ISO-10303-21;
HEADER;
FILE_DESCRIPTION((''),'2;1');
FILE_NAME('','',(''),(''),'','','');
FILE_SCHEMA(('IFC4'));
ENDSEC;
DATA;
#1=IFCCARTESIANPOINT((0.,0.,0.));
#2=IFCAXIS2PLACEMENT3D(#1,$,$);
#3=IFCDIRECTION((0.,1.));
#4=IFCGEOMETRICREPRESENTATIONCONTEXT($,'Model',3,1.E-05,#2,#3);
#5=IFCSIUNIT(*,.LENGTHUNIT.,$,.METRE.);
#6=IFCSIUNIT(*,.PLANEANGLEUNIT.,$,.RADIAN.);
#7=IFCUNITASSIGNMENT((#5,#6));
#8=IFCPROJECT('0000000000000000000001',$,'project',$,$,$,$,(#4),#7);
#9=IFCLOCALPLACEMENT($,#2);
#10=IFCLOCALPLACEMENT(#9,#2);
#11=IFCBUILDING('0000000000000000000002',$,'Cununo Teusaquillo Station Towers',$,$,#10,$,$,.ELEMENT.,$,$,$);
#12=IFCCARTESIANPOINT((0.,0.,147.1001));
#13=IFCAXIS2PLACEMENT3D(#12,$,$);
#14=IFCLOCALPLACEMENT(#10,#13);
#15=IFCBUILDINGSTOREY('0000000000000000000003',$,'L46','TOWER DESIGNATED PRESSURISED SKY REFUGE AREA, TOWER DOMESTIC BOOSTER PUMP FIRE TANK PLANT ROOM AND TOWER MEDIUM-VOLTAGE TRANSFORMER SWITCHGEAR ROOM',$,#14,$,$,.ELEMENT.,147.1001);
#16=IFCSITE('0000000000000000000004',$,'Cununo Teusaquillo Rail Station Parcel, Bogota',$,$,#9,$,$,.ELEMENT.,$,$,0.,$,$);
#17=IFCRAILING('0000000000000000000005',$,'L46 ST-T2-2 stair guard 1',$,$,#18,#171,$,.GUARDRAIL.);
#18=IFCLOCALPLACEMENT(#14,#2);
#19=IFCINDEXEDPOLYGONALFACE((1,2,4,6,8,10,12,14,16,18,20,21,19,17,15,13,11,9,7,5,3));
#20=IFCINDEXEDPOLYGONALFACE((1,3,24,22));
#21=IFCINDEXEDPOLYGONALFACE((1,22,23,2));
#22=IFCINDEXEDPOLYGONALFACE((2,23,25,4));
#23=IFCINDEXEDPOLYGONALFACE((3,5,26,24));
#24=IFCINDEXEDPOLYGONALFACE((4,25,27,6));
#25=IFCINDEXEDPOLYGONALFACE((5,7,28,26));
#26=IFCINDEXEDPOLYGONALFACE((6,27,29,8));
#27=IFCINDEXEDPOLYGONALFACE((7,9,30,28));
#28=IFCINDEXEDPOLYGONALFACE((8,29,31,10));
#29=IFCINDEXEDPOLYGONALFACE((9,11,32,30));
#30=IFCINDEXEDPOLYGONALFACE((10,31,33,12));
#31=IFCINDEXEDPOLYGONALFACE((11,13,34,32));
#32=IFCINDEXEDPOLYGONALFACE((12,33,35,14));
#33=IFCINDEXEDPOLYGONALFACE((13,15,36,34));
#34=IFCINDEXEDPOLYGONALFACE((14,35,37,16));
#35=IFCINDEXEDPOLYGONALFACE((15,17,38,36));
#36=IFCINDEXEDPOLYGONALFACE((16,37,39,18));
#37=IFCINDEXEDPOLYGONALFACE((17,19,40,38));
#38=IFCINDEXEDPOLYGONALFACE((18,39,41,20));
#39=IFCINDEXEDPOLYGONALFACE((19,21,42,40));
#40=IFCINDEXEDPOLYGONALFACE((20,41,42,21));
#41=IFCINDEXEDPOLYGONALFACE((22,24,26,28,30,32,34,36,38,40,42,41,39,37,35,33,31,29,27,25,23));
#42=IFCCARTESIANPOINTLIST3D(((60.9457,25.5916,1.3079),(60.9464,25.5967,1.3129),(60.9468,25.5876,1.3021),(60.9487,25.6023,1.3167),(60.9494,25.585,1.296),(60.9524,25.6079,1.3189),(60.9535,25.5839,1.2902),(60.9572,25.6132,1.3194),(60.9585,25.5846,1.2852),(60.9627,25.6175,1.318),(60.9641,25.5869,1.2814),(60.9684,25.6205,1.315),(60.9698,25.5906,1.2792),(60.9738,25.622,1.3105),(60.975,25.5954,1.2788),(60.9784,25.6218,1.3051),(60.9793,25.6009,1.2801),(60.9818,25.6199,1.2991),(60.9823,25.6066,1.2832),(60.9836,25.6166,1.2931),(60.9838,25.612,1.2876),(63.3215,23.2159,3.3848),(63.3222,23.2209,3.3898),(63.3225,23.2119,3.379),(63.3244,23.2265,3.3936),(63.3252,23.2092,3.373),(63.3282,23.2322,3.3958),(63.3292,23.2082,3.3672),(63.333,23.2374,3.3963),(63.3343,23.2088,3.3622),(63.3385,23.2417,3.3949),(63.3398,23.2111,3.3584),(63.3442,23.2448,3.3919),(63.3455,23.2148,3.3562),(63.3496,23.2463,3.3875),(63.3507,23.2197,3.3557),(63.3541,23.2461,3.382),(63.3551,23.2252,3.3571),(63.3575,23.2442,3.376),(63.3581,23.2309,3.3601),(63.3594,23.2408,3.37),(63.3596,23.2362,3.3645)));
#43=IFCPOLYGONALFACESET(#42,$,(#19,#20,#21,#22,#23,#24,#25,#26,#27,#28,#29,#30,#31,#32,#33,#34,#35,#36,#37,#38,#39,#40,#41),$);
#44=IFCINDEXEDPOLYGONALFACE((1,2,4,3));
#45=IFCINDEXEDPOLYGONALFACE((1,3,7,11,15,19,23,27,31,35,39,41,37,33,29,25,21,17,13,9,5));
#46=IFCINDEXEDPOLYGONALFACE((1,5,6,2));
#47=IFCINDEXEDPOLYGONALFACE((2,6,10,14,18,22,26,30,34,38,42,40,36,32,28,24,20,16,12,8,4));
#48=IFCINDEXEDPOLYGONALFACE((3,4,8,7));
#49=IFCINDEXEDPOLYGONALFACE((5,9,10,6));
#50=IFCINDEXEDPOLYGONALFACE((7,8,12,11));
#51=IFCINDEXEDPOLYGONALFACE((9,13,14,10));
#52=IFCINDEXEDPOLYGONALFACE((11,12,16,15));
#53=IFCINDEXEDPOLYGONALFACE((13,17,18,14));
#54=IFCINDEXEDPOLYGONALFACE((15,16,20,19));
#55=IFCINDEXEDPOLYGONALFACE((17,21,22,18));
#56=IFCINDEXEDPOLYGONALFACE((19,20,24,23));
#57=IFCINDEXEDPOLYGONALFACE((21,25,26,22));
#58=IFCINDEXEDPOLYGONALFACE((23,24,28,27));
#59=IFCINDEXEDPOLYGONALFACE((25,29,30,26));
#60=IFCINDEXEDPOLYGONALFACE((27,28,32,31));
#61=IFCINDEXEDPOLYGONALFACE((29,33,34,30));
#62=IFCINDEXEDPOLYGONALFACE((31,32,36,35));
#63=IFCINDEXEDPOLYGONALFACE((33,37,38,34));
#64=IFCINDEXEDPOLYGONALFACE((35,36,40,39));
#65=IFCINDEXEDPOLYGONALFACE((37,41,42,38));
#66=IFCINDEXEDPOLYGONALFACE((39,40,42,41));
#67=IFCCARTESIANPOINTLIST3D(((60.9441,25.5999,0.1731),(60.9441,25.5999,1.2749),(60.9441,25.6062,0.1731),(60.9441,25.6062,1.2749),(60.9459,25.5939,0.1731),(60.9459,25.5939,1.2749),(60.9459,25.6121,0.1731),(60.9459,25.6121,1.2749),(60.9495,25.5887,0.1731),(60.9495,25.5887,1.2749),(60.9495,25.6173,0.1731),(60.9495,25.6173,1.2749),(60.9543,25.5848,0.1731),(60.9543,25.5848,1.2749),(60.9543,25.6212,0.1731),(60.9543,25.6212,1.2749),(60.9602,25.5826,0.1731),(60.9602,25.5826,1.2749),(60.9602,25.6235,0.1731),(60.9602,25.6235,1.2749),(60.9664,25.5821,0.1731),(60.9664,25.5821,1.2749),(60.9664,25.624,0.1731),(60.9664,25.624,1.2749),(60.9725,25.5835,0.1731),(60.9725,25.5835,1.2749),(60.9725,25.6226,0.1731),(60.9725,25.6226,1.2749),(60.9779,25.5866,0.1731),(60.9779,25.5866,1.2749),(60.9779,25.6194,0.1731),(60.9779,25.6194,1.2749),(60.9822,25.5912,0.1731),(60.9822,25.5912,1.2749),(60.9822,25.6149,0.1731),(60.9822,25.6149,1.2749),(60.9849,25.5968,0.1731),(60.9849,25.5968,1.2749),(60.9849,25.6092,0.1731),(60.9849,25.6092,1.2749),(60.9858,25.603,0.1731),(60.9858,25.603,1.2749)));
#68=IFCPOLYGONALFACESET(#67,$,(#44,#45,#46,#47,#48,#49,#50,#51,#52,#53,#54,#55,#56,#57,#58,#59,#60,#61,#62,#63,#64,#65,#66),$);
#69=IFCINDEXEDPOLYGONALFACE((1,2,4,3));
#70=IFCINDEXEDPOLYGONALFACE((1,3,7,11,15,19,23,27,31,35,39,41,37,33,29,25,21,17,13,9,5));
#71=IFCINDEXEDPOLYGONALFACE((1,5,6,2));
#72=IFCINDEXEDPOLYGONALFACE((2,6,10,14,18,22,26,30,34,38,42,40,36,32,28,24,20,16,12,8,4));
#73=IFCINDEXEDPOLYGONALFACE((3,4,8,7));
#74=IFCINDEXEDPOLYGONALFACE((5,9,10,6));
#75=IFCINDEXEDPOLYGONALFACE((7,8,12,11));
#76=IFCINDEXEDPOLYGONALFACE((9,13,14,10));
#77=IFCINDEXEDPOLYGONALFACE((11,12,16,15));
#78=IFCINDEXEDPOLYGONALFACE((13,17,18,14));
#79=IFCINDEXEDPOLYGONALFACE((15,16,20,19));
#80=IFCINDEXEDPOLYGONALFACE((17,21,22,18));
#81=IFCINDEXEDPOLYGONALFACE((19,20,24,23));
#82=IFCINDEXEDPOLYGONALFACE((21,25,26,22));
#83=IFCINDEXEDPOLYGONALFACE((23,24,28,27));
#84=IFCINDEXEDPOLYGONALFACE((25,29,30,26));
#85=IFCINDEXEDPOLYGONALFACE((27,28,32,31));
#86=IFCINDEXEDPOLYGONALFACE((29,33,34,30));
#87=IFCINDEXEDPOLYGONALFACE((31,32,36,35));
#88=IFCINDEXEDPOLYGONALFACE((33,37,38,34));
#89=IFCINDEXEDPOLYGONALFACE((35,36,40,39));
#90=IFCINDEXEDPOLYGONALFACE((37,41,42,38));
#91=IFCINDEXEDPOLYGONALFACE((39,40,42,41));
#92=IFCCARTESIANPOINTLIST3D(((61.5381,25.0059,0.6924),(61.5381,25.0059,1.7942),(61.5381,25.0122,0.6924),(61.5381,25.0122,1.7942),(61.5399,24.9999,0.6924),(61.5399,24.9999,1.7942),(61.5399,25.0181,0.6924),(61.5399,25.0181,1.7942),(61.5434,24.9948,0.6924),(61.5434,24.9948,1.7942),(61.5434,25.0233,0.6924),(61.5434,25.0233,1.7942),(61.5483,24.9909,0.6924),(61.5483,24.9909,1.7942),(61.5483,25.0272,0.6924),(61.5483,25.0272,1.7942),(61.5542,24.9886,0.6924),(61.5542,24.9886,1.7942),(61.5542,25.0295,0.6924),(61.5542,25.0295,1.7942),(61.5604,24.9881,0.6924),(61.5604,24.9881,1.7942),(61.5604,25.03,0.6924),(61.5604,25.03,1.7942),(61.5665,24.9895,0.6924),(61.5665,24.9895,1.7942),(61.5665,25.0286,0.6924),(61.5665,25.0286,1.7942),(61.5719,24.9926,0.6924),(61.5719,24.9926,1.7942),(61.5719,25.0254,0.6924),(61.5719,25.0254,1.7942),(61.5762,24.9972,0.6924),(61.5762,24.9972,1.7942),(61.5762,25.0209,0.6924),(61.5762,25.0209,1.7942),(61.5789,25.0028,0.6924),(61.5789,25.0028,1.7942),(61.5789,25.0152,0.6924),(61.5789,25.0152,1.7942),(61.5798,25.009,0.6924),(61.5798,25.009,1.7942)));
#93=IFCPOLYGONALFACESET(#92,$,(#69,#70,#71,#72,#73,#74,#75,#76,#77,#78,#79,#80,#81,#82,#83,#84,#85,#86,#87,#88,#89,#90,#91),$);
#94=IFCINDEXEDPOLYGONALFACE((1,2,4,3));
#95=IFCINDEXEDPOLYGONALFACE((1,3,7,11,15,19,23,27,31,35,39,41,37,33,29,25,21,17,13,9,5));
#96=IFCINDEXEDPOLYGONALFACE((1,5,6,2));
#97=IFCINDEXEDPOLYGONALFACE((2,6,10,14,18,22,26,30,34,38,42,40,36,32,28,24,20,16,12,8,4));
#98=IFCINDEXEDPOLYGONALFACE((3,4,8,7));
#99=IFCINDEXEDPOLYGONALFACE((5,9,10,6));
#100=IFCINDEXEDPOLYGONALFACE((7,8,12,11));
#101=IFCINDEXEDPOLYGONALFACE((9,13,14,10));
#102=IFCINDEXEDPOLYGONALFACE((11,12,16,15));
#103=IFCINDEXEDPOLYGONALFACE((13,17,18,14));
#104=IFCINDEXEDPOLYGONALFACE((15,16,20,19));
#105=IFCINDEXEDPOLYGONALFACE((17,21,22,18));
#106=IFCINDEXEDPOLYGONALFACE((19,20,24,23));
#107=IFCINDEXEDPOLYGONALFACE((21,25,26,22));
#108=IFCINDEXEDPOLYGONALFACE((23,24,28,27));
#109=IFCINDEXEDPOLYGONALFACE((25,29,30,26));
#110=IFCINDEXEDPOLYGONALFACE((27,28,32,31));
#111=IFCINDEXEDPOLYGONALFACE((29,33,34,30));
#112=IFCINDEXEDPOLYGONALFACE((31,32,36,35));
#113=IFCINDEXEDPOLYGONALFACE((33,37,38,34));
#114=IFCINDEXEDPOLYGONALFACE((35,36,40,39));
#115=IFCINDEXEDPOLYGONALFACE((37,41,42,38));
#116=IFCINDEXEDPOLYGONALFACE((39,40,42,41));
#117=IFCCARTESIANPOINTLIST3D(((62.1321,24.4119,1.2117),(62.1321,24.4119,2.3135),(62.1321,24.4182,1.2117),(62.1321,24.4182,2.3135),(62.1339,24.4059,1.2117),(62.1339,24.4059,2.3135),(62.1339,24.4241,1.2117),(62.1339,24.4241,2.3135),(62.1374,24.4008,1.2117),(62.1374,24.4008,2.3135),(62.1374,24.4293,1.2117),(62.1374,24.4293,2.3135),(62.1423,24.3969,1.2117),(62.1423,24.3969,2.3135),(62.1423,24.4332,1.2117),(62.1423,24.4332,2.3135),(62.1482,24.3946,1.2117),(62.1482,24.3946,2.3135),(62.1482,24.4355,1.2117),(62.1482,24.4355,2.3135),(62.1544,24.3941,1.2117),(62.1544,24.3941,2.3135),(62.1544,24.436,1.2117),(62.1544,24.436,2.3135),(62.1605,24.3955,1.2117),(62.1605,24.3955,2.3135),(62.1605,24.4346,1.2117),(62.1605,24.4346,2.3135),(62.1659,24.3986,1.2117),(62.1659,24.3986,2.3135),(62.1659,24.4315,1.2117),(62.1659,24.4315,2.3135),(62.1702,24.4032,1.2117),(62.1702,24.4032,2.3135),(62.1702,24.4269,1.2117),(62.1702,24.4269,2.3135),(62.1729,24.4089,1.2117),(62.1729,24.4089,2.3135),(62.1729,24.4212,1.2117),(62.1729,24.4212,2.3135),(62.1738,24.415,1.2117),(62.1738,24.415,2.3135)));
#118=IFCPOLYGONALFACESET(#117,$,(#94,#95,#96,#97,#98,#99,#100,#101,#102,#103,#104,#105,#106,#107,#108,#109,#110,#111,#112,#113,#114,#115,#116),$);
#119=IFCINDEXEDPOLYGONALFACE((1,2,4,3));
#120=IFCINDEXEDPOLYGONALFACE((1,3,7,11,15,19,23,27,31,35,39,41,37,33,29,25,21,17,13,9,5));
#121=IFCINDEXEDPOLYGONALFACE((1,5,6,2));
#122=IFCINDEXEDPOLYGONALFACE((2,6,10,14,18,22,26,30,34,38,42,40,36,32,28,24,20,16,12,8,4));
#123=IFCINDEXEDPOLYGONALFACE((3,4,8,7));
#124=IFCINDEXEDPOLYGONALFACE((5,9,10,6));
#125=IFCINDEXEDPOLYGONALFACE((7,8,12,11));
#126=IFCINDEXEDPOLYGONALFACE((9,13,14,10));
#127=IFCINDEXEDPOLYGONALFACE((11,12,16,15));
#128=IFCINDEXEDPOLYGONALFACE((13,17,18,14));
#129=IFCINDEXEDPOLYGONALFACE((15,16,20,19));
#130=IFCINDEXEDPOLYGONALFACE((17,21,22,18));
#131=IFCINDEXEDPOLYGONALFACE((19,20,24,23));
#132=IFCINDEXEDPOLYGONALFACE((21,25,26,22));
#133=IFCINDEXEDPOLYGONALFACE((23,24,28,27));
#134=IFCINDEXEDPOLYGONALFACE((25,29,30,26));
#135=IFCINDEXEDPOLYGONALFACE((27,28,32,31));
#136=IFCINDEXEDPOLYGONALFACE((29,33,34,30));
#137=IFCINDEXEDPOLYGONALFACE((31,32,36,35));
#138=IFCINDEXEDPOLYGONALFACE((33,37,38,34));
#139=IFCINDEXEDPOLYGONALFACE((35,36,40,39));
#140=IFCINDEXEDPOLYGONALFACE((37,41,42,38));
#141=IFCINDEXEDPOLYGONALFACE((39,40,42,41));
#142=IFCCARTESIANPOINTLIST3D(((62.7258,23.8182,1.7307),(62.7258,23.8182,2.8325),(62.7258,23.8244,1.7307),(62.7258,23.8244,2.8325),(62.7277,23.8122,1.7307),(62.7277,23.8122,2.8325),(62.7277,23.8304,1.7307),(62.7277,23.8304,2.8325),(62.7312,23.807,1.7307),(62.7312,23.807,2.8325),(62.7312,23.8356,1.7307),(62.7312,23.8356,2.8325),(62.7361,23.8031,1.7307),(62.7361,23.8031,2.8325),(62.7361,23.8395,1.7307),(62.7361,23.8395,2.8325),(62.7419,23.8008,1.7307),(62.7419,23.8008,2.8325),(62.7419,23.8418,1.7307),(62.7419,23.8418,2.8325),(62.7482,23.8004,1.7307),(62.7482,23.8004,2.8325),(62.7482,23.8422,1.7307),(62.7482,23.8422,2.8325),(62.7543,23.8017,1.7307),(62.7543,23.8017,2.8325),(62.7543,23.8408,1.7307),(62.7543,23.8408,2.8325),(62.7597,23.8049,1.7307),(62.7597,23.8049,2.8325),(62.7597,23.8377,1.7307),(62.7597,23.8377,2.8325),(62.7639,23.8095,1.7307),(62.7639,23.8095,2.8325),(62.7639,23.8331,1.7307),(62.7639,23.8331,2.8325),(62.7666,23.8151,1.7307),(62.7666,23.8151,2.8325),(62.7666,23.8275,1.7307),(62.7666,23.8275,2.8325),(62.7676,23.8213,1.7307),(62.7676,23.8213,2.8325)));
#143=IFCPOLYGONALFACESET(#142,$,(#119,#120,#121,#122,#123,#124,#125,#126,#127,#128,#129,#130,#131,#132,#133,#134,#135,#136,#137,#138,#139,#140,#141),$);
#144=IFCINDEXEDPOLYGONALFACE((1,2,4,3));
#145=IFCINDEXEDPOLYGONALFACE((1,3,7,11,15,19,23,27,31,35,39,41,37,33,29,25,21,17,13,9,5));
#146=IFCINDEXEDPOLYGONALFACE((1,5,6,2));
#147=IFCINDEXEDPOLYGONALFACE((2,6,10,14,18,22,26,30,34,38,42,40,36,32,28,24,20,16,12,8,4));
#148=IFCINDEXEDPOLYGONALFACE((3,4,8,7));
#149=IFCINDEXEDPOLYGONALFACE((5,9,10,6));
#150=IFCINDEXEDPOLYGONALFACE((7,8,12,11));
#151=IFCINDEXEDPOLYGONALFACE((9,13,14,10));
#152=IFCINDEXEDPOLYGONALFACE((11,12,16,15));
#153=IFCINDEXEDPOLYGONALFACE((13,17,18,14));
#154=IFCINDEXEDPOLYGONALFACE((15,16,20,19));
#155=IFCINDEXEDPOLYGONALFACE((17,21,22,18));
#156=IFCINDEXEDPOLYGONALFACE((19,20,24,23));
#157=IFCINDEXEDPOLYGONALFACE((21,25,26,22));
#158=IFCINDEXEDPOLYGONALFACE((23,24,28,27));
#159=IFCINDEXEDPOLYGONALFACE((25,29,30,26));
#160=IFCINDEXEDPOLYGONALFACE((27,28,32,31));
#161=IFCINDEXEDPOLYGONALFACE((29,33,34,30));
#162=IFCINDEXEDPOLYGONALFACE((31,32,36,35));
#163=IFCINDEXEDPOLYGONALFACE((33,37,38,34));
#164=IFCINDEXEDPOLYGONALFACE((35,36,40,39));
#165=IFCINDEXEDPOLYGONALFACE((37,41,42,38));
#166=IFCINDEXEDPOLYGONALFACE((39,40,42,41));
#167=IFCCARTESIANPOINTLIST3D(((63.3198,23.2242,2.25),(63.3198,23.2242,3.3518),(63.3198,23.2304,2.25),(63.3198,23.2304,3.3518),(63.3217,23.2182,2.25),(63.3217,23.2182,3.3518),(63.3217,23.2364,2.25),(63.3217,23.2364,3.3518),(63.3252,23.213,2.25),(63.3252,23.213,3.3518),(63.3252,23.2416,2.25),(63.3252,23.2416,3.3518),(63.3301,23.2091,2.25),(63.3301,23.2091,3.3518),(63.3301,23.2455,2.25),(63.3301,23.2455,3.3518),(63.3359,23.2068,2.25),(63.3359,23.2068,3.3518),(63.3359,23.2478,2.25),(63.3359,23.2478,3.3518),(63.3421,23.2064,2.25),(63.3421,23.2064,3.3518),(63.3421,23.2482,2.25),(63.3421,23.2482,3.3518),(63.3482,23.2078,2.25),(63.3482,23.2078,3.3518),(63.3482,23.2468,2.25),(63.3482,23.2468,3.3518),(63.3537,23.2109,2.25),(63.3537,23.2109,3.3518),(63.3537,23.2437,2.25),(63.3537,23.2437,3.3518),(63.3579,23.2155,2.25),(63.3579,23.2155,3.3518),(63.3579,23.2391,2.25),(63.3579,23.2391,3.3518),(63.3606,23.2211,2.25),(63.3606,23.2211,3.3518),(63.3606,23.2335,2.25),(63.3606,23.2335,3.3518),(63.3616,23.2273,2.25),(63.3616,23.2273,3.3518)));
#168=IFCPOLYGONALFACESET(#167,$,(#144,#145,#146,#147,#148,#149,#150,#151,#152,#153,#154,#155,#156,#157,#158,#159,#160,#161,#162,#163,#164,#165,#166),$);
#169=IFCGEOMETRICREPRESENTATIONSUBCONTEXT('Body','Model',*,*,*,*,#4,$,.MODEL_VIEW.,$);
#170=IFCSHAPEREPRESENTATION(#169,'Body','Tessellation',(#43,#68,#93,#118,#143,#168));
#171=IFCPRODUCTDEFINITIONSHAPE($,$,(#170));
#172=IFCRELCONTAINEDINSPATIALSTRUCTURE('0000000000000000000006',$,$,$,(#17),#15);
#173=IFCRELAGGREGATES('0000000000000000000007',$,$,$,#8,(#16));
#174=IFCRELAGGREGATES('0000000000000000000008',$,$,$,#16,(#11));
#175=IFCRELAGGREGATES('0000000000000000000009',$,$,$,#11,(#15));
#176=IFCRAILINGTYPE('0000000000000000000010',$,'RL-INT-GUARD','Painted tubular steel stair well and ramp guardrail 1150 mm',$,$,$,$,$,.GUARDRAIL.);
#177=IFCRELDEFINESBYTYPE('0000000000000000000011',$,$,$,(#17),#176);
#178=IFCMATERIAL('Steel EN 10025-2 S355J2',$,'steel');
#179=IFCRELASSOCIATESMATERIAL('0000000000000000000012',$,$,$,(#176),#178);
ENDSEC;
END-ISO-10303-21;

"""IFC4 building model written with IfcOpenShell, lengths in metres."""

from ifc_helpers import new_model, si_unit, direction, frame, origin, origin_2d, place, context, subcontext, project, spatial, circle, extrude, material, type_object, element, save


model = new_model("IFC4")

# Units and contexts
model_context = context("Model", 3, precision=1e-05, world=origin(), true_north=direction((0.0, 1.0)))
body_context = subcontext(model_context, "Body", "Model", "MODEL_VIEW")
ifc_project = project(units=[si_unit("LENGTHUNIT", "METRE"), si_unit("PLANEANGLEUNIT", "RADIAN")], contexts=[model_context])

# Site, building, storey
site_placement = place(None, origin())
site = spatial("IfcSite", under=ifc_project, at=site_placement, Name="Cununo Teusaquillo Rail Station Parcel, Bogota", CompositionType="ELEMENT", RefElevation=0.0)
building_placement = place(site_placement, origin())
building = spatial("IfcBuilding", under=site, at=building_placement, Name="Cununo Teusaquillo Station Towers", CompositionType="ELEMENT")
storey_placement = place(building_placement, frame((0.0, 0.0, 147.1001)))
storey = spatial("IfcBuildingStorey", under=building, at=storey_placement, Name="L46", Description="TOWER DESIGNATED PRESSURISED SKY REFUGE AREA, TOWER DOMESTIC BOOSTER PUMP FIRE TANK PLANT ROOM AND TOWER MEDIUM-VOLTAGE TRANSFORMER SWITCHGEAR ROOM", CompositionType="ELEMENT", Elevation=147.1001)

# Railing
ifc_material_1 = material(Name="Steel EN 10025-2 S355J2", Category="steel")
railing_type_1 = type_object("IfcRailingType", Name="RL-INT-GUARD", Description="Painted tubular steel stair well and ramp guardrail 1150 mm", PredefinedType="GUARDRAIL", material=ifc_material_1)
railing_1_placement = place(storey_placement, frame((60.9648, 25.603, 0.1731)))
element("IfcRailing", 1, at=railing_1_placement, inside=storey, type_object=railing_type_1, Name="L46 ST-T2-2 stair guard 1", PredefinedType="GUARDRAIL", context=body_context, shape_type="SweptSolid", body=[
    extrude(circle(Radius=0.0239, at=origin_2d()), frame((0.0, 0.0, 1.126), z_axis=(0.601466, -0.601466, 0.525811), x_axis=(0.707107, 0.707107, 0.0)), (0.0, 0.0, 1.0), 3.95),
    extrude(circle(Radius=0.021, at=origin_2d()), origin(), (0.0, 0.0, 1.0), 1.1018),
    extrude(circle(Radius=0.021, at=origin_2d()), frame((0.594, -0.594, 0.5193)), (0.0, 0.0, 1.0), 1.1018),
    extrude(circle(Radius=0.021, at=origin_2d()), frame((1.188, -1.188, 1.0386)), (0.0, 0.0, 1.0), 1.1018),
    extrude(circle(Radius=0.021, at=origin_2d()), frame((1.7817, -1.7817, 1.5576)), (0.0, 0.0, 1.0), 1.1018),
    extrude(circle(Radius=0.021, at=origin_2d()), frame((2.3757, -2.3757, 2.0769)), (0.0, 0.0, 1.0), 1.1018),
])

save(model, "model.ifc")
